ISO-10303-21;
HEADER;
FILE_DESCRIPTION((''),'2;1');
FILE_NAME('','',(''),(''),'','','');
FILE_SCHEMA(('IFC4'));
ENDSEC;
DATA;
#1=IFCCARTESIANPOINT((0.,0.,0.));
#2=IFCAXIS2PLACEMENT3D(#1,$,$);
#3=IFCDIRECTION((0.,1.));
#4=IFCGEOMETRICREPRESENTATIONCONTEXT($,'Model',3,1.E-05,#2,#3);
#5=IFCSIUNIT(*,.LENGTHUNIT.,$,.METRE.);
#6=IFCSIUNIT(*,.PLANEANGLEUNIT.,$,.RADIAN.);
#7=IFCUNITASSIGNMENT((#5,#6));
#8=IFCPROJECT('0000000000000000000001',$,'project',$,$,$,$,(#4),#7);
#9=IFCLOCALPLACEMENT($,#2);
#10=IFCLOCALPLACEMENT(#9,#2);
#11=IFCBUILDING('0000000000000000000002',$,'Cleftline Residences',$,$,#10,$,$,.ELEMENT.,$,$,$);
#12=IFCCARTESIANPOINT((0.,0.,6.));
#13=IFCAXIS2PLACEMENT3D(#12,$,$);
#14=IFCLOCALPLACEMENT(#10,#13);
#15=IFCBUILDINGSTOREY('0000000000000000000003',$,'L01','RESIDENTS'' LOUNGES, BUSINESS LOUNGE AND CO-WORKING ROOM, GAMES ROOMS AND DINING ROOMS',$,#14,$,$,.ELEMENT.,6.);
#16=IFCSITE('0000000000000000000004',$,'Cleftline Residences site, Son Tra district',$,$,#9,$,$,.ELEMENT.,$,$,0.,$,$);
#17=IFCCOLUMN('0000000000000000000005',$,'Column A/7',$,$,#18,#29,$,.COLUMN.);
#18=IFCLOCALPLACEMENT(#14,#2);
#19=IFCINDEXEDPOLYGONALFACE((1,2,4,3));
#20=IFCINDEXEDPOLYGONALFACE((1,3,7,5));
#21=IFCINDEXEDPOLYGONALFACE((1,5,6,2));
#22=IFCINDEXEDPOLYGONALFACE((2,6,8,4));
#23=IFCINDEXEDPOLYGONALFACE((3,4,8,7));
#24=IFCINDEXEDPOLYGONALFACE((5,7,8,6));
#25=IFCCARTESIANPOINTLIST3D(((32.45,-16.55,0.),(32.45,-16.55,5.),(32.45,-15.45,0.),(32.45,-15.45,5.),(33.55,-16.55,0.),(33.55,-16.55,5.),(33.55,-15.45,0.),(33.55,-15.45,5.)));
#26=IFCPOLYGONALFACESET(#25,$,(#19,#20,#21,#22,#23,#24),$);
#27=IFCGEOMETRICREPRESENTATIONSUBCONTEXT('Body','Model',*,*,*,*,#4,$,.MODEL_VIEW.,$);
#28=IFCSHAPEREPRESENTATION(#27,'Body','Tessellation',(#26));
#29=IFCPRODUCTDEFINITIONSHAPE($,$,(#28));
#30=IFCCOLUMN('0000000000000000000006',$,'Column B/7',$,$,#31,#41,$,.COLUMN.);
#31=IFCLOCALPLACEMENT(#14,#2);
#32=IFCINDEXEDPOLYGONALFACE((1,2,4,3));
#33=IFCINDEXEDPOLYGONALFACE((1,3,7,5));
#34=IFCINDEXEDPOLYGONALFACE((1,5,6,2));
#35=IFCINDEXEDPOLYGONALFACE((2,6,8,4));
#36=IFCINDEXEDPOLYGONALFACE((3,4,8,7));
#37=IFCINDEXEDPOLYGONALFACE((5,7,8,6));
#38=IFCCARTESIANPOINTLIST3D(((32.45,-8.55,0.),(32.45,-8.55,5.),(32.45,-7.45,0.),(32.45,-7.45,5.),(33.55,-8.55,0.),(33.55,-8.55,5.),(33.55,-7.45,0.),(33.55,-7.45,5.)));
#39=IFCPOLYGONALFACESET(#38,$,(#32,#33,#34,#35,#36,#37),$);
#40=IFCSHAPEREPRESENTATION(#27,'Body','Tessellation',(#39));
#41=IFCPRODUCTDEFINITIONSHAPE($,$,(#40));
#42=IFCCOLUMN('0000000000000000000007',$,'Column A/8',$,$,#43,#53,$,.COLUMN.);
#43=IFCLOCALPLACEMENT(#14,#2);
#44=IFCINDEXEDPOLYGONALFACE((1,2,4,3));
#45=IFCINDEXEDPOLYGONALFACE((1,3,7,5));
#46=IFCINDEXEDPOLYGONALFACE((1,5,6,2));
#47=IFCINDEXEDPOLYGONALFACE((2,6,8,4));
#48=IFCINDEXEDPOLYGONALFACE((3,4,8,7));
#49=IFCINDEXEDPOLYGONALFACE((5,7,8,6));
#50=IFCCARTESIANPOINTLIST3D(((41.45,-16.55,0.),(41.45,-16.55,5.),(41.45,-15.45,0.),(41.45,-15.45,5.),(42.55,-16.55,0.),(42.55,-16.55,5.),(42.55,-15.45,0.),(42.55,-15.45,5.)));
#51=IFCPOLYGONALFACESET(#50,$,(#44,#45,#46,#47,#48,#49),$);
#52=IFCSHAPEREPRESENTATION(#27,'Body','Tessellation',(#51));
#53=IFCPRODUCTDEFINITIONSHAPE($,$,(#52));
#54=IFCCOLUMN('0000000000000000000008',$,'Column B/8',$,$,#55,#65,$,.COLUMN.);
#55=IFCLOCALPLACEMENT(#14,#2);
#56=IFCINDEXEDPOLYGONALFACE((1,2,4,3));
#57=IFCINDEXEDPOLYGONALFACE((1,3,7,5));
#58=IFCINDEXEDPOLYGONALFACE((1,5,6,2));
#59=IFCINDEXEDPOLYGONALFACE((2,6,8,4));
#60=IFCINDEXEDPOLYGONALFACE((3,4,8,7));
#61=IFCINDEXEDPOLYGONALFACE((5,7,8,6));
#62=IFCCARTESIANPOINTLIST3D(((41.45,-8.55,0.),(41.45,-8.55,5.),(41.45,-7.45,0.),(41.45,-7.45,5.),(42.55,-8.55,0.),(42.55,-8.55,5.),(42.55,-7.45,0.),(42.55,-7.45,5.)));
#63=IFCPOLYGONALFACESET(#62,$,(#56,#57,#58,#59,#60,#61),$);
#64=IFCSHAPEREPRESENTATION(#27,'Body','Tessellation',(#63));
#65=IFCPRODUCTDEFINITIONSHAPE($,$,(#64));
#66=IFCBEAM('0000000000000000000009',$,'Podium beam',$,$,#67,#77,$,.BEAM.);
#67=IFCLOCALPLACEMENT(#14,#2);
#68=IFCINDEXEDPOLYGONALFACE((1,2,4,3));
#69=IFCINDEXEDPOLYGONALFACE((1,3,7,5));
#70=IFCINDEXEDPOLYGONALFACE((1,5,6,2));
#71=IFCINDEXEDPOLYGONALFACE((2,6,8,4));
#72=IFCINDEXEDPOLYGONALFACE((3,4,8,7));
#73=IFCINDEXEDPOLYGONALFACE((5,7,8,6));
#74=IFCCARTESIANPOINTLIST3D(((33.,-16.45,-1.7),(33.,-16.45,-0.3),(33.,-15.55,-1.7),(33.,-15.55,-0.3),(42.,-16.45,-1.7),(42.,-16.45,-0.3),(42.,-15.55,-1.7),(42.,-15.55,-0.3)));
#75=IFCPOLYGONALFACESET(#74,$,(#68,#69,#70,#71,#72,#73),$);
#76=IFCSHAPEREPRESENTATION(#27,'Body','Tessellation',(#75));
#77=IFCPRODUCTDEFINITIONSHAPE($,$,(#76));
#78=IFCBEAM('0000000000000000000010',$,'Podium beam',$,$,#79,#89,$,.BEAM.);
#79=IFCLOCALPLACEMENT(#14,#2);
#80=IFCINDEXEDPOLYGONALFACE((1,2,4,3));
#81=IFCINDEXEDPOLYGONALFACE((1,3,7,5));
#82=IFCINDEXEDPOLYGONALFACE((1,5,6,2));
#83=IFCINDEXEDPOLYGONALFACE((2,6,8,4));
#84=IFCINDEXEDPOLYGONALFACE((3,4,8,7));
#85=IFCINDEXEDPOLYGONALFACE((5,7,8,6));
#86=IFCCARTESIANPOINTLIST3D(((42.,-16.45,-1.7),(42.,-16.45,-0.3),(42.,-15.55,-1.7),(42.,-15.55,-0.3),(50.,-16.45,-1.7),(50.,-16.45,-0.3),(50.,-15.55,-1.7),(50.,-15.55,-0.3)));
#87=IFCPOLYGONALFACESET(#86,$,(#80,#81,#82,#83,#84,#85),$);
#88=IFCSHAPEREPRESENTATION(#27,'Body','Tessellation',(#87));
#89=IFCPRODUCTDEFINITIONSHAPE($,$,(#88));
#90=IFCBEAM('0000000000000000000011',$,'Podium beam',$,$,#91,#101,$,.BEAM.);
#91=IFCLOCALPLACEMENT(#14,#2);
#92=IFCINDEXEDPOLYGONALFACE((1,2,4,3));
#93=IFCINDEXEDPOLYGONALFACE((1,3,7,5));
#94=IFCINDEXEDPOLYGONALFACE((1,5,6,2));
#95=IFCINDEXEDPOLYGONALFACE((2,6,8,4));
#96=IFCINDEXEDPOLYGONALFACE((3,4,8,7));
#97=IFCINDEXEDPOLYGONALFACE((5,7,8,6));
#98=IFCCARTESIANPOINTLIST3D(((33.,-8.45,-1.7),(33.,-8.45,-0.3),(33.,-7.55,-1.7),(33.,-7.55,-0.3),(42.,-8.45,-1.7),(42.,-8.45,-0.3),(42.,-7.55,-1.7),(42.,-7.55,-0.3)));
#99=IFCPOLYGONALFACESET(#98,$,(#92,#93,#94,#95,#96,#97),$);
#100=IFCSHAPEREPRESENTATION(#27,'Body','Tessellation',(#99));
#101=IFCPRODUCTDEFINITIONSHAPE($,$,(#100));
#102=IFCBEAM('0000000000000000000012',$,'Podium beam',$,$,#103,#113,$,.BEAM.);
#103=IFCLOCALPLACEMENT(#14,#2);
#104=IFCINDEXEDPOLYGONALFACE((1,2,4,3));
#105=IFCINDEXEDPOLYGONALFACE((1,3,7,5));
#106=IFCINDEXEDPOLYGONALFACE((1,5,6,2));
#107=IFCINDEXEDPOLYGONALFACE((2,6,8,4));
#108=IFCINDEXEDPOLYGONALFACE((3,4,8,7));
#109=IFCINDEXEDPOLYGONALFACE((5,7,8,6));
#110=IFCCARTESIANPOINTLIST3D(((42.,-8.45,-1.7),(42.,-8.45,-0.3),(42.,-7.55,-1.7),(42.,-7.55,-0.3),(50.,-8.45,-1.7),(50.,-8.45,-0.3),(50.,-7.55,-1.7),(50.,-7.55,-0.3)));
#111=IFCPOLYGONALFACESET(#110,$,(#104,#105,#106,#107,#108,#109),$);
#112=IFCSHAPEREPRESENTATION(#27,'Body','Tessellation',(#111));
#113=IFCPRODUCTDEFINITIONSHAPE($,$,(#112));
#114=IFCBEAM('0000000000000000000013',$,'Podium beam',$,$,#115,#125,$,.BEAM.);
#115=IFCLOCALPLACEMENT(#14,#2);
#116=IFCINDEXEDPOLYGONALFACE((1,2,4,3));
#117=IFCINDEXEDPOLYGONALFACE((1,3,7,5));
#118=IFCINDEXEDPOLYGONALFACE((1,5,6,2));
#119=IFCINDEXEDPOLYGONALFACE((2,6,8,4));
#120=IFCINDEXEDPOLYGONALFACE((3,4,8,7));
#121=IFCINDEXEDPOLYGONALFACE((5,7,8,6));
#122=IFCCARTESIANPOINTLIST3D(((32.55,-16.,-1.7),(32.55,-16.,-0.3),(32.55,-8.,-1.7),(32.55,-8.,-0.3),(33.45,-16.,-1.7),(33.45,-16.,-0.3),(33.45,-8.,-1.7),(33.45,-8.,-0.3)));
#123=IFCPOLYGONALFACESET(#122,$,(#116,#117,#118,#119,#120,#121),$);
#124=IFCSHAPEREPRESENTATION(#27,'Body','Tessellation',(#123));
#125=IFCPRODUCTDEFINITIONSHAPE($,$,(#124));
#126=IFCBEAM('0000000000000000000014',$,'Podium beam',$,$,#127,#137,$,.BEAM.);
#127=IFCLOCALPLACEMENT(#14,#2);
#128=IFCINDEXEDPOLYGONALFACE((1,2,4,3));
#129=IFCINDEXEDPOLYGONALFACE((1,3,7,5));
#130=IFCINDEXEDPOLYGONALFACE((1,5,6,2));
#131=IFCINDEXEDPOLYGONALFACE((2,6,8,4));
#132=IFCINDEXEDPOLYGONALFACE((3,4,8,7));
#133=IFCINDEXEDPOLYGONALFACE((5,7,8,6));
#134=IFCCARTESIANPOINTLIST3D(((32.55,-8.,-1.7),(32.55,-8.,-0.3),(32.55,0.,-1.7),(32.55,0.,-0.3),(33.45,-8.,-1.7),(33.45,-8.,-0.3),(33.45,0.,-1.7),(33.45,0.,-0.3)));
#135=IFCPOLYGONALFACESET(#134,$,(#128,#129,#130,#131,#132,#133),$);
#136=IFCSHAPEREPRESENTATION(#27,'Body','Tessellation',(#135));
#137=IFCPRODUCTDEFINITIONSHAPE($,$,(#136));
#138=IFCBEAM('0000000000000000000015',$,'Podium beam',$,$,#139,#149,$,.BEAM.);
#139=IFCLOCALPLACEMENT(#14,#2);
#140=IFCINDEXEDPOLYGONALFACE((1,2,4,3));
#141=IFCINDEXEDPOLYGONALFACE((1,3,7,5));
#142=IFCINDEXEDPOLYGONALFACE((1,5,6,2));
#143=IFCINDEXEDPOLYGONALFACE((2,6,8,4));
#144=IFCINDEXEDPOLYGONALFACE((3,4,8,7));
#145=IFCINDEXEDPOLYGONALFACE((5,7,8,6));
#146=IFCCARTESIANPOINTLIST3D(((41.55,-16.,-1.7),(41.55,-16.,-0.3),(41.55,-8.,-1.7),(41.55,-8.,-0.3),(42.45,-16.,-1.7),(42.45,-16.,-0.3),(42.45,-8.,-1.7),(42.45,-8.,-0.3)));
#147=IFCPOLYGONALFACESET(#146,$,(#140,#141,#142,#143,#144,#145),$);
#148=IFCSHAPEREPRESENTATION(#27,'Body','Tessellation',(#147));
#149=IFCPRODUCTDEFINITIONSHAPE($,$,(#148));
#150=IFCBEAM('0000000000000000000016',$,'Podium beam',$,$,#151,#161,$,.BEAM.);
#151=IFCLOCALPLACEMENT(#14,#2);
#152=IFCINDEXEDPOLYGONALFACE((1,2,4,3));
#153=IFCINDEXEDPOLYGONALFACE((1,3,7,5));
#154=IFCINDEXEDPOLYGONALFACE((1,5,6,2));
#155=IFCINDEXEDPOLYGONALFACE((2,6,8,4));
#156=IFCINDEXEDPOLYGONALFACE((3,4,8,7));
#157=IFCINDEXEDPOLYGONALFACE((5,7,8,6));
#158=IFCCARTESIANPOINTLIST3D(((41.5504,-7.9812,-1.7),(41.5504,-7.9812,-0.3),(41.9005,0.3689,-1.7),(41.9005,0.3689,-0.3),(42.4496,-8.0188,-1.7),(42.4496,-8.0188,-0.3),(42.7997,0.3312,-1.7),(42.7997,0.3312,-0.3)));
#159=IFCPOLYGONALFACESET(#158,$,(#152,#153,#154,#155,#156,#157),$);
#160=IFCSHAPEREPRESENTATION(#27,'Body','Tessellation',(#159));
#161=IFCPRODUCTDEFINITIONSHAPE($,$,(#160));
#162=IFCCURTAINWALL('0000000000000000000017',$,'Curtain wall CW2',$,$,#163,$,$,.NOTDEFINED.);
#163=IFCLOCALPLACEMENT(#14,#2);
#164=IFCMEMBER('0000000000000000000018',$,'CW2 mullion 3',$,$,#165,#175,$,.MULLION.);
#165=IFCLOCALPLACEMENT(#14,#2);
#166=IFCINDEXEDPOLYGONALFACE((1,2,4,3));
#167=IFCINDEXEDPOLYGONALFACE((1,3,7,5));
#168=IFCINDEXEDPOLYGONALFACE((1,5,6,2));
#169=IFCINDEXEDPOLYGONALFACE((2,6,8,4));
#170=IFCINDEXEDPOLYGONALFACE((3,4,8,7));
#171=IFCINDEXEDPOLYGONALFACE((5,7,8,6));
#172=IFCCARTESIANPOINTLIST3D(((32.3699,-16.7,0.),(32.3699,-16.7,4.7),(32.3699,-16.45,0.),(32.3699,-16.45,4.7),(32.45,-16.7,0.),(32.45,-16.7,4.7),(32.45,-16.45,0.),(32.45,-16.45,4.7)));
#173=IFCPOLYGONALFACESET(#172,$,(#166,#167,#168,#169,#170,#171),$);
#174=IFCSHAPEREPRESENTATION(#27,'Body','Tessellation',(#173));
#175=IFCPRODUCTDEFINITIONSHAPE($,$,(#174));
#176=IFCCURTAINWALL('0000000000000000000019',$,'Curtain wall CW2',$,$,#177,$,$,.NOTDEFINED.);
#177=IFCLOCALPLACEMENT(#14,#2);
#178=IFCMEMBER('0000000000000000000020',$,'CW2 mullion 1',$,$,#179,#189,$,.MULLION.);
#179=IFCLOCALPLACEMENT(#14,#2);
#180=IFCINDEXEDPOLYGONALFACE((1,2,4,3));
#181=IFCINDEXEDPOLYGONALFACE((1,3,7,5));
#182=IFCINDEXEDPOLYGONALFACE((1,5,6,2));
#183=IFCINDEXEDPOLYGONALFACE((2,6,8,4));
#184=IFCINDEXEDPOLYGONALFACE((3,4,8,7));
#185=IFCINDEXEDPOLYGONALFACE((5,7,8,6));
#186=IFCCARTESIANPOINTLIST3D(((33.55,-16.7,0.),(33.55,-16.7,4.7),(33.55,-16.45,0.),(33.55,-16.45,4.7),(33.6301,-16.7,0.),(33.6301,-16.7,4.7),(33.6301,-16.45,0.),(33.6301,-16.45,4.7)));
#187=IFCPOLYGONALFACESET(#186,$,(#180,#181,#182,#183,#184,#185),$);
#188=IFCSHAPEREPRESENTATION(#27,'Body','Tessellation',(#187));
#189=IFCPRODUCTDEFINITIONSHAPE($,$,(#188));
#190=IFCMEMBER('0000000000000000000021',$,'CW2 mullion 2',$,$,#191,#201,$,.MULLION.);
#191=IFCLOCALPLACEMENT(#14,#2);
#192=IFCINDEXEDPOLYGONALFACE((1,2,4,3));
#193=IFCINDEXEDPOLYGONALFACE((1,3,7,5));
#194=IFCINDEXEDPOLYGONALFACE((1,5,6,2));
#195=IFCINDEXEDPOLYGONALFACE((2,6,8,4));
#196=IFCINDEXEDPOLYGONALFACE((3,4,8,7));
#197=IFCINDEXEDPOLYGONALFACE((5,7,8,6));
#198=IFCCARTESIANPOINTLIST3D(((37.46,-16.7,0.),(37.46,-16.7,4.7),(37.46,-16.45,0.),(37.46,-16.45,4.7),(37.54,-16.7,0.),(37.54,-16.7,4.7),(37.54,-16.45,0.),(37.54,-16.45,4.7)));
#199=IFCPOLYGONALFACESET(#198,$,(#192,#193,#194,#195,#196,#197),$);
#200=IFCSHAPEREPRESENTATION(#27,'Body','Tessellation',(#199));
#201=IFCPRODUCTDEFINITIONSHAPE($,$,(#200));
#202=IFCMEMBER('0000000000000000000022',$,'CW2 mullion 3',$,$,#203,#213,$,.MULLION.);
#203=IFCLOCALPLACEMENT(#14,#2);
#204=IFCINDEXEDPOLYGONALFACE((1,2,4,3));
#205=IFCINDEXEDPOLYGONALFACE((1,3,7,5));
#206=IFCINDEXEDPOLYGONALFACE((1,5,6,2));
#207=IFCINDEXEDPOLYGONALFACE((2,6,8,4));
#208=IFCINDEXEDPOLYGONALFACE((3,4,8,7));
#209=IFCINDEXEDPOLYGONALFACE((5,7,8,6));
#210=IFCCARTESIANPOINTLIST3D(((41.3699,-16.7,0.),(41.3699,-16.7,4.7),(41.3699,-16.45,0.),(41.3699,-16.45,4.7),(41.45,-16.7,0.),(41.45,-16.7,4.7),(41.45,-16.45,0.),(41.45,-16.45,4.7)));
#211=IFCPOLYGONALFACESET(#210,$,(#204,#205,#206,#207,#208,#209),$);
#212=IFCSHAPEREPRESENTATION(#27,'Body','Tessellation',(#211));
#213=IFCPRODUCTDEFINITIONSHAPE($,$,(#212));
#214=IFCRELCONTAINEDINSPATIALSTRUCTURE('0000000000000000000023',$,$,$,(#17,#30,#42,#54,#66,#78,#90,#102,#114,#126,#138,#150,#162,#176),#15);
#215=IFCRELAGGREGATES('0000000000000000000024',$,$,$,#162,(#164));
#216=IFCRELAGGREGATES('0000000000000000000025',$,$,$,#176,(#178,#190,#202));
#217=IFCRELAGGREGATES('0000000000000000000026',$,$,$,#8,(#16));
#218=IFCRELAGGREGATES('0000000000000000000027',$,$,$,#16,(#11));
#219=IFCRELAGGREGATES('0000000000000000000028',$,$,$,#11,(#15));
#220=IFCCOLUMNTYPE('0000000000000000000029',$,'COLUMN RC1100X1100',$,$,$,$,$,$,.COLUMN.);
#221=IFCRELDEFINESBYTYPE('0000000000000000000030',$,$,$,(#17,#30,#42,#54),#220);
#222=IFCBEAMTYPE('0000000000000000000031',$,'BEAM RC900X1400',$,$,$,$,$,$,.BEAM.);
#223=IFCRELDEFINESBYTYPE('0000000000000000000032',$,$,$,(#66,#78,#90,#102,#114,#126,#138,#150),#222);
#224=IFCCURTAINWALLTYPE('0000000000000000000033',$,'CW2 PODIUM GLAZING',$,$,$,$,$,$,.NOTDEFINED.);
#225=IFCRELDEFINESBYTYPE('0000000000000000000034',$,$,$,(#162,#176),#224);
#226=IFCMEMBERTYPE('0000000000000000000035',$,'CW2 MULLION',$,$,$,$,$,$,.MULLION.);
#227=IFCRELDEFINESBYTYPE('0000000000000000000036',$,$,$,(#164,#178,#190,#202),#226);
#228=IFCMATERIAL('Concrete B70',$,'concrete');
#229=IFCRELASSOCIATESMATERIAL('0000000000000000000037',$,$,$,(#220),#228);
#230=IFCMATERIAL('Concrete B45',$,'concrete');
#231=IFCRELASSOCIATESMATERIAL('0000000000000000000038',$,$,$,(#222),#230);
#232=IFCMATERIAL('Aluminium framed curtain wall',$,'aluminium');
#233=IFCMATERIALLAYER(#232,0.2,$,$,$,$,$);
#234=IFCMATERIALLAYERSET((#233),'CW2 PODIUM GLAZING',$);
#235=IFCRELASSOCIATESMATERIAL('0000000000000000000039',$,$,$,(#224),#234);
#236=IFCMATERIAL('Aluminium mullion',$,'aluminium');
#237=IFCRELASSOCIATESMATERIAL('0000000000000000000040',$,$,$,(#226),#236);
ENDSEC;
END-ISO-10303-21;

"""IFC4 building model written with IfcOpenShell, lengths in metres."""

from ifc_helpers import new_model, si_unit, direction, frame, origin, origin_2d, place, context, subcontext, project, spatial, rectangle, extrude, material, layer, layer_set, material_profile, profile_set, type_object, element, aggregate, save


model = new_model("IFC4")

# Units and contexts
model_context = context("Model", 3, precision=1e-05, world=origin(), true_north=direction((0.0, 1.0)))
body_context = subcontext(model_context, "Body", "Model", "MODEL_VIEW")
ifc_project = project(units=[si_unit("LENGTHUNIT", "METRE"), si_unit("PLANEANGLEUNIT", "RADIAN")], contexts=[model_context])

# Site, building, storey
site_placement = place(None, origin())
site = spatial("IfcSite", under=ifc_project, at=site_placement, Name="Cleftline Residences site, Son Tra district", CompositionType="ELEMENT", RefElevation=0.0)
building_placement = place(site_placement, origin())
building = spatial("IfcBuilding", under=site, at=building_placement, Name="Cleftline Residences", CompositionType="ELEMENT")
storey_placement = place(building_placement, frame((0.0, 0.0, 6.0)))
storey = spatial("IfcBuildingStorey", under=building, at=storey_placement, Name="L01", Description="RESIDENTS' LOUNGES, BUSINESS LOUNGE AND CO-WORKING ROOM, GAMES ROOMS AND DINING ROOMS", CompositionType="ELEMENT", Elevation=6.0)

# Columns
ifc_material_1 = material(Name="Concrete B70", Category="concrete")
ifc_material_profile_1 = material_profile(ifc_material_1, rectangle(XDim=1.1001, YDim=1.1001, at=origin_2d()))
ifc_profile_set_1 = profile_set([ifc_material_profile_1], Name="Concrete B70")
column_type = type_object("IfcColumnType", Name="COLUMN RC1100X1100", PredefinedType="COLUMN", material=ifc_profile_set_1)
for number, where, z_axis, x_axis, name in (
    (1, (33.0, -16.0, 0.0), (0.0, 0.0, 1.0), (1.0, 0.0, 0.0), "Column A/7"),
    (2, (33.0, -8.0, 0.0), (0.0, 0.0, 1.0), (1.0, 0.0, 0.0), "Column B/7"),
    (3, (42.0, -16.0, 0.0), (0.0, 0.0, 1.0), (1.0, 0.0, 0.0), "Column A/8"),
    (4, (42.0, -8.0, 0.0), (0.0, 0.0, 1.0), (1.0, 0.0, 0.0), "Column B/8"),
):
    element("IfcColumn", number, at=place(storey_placement, frame(where, z_axis=z_axis, x_axis=x_axis)), inside=storey, type_object=column_type, Name=name, PredefinedType="COLUMN", context=body_context, shape_type="SweptSolid", body=[
        extrude(rectangle(XDim=1.1001, YDim=1.1001, at=origin_2d()), origin(), (0.0, 0.0, 1.0), 5.0),
    ])

# Beams
ifc_material_2 = material(Name="Concrete B45", Category="concrete")
ifc_material_profile_2 = material_profile(ifc_material_2, rectangle(XDim=0.8999, YDim=1.3999, at=origin_2d()))
ifc_profile_set_2 = profile_set([ifc_material_profile_2], Name="Concrete B45")
beam_type = type_object("IfcBeamType", Name="BEAM RC900X1400", PredefinedType="BEAM", material=ifc_profile_set_2)
beam_1_placement = place(storey_placement, frame((33.0, -16.0, -1.0), z_axis=(1.0, 0.0, 0.0), x_axis=(0.0, 1.0, 0.0)))
element("IfcBeam", 5, at=beam_1_placement, inside=storey, type_object=beam_type, Name="Podium beam", PredefinedType="BEAM", context=body_context, shape_type="SweptSolid", body=[
    extrude(rectangle(XDim=0.8999, YDim=1.3999, at=origin_2d()), origin(), (0.0, 0.0, 1.0), 9.0),
])
beam_2_placement = place(storey_placement, frame((42.0, -16.0, -1.0), z_axis=(1.0, 0.0, 0.0), x_axis=(0.0, 1.0, 0.0)))
element("IfcBeam", 6, at=beam_2_placement, inside=storey, type_object=beam_type, Name="Podium beam", PredefinedType="BEAM", context=body_context, shape_type="SweptSolid", body=[
    extrude(rectangle(XDim=0.8999, YDim=1.3999, at=origin_2d()), origin(), (0.0, 0.0, 1.0), 8.0),
])
beam_3_placement = place(storey_placement, frame((33.0, -8.0, -1.0), z_axis=(1.0, 0.0, 0.0), x_axis=(0.0, 1.0, 0.0)))
element("IfcBeam", 7, at=beam_3_placement, inside=storey, type_object=beam_type, Name="Podium beam", PredefinedType="BEAM", context=body_context, shape_type="SweptSolid", body=[
    extrude(rectangle(XDim=0.8999, YDim=1.3999, at=origin_2d()), origin(), (0.0, 0.0, 1.0), 9.0),
])
for number, where, z_axis, x_axis, name in (
    (8, (42.0, -8.0, -1.0), (1.0, 0.0, 0.0), (0.0, 1.0, 0.0), "Podium beam"),
    (9, (33.0, -16.0, -1.0), (0.0, 1.0, 0.0), (-1.0, 0.0, 0.0), "Podium beam"),
    (10, (33.0, -8.0, -1.0), (0.0, 1.0, 0.0), (-1.0, 0.0, 0.0), "Podium beam"),
    (11, (42.0, -16.0, -1.0), (0.0, 1.0, 0.0), (-1.0, 0.0, 0.0), "Podium beam"),
):
    element("IfcBeam", number, at=place(storey_placement, frame(where, z_axis=z_axis, x_axis=x_axis)), inside=storey, type_object=beam_type, Name=name, PredefinedType="BEAM", context=body_context, shape_type="SweptSolid", body=[
        extrude(rectangle(XDim=0.8999, YDim=1.3999, at=origin_2d()), origin(), (0.0, 0.0, 1.0), 8.0),
    ])
beam_4_placement = place(storey_placement, frame((42.0, -8.0, -1.0), z_axis=(0.041891, 0.999122, 0.0), x_axis=(-0.999122, 0.041891, 0.0)))
element("IfcBeam", 12, at=beam_4_placement, inside=storey, type_object=beam_type, Name="Podium beam", PredefinedType="BEAM", context=body_context, shape_type="SweptSolid", body=[
    extrude(rectangle(XDim=0.8999, YDim=1.3999, at=origin_2d()), origin(), (0.0, 0.0, 1.0), 8.3574),
])

# Curtain wall, member
ifc_material_3 = material(Name="Aluminium framed curtain wall", Category="aluminium")
ifc_layer_1 = layer(ifc_material_3, 0.2)
ifc_layer_set_1 = layer_set([ifc_layer_1], Name="CW2 PODIUM GLAZING")
curtain_wall_type = type_object("IfcCurtainWallType", Name="CW2 PODIUM GLAZING", PredefinedType="NOTDEFINED", material=ifc_layer_set_1)
curtain_wall_1_placement = place(storey_placement, origin())
curtain_wall_1 = element("IfcCurtainWall", 13, at=curtain_wall_1_placement, inside=storey, type_object=curtain_wall_type, Name="Curtain wall CW2", PredefinedType="NOTDEFINED")
ifc_material_4 = material(Name="Aluminium mullion", Category="aluminium")
ifc_material_profile_3 = material_profile(ifc_material_4, rectangle(XDim=0.25, YDim=0.0801, at=origin_2d()))
ifc_profile_set_3 = profile_set([ifc_material_profile_3], Name="Aluminium mullion")
member_type_1 = type_object("IfcMemberType", Name="CW2 MULLION", PredefinedType="MULLION", material=ifc_profile_set_3)
member_1_placement = place(storey_placement, frame((32.4099, -16.575, 0.0), z_axis=(0.0, 0.0, 1.0), x_axis=(0.0, 1.0, 0.0)))
member_1 = element("IfcMember", 14, at=member_1_placement, type_object=member_type_1, Name="CW2 mullion 3", PredefinedType="MULLION", context=body_context, shape_type="SweptSolid", body=[
    extrude(rectangle(XDim=0.25, YDim=0.0801, at=origin_2d()), origin(), (0.0, 0.0, 1.0), 4.7),
])

# Curtain wall, members
curtain_wall_2_placement = place(storey_placement, origin())
curtain_wall_2 = element("IfcCurtainWall", 15, at=curtain_wall_2_placement, inside=storey, type_object=curtain_wall_type, Name="Curtain wall CW2", PredefinedType="NOTDEFINED")
member_2_placement = place(storey_placement, frame((33.5901, -16.575, 0.0), z_axis=(0.0, 0.0, 1.0), x_axis=(0.0, 1.0, 0.0)))
member_2 = element("IfcMember", 16, at=member_2_placement, type_object=member_type_1, Name="CW2 mullion 1", PredefinedType="MULLION", context=body_context, shape_type="SweptSolid", body=[
    extrude(rectangle(XDim=0.25, YDim=0.0801, at=origin_2d()), origin(), (0.0, 0.0, 1.0), 4.7),
])
member_3_placement = place(storey_placement, frame((37.5, -16.575, 0.0), z_axis=(0.0, 0.0, 1.0), x_axis=(0.0, 1.0, 0.0)))
member_3 = element("IfcMember", 17, at=member_3_placement, type_object=member_type_1, Name="CW2 mullion 2", PredefinedType="MULLION", context=body_context, shape_type="SweptSolid", body=[
    extrude(rectangle(XDim=0.25, YDim=0.0801, at=origin_2d()), origin(), (0.0, 0.0, 1.0), 4.7),
])
member_4_placement = place(storey_placement, frame((41.4099, -16.575, 0.0), z_axis=(0.0, 0.0, 1.0), x_axis=(0.0, 1.0, 0.0)))
member_4 = element("IfcMember", 18, at=member_4_placement, type_object=member_type_1, Name="CW2 mullion 3", PredefinedType="MULLION", context=body_context, shape_type="SweptSolid", body=[
    extrude(rectangle(XDim=0.25, YDim=0.0801, at=origin_2d()), origin(), (0.0, 0.0, 1.0), 4.7),
])

aggregate(curtain_wall_1, [member_1])
aggregate(curtain_wall_2, [member_2, member_3, member_4])

save(model, "model.ifc")
